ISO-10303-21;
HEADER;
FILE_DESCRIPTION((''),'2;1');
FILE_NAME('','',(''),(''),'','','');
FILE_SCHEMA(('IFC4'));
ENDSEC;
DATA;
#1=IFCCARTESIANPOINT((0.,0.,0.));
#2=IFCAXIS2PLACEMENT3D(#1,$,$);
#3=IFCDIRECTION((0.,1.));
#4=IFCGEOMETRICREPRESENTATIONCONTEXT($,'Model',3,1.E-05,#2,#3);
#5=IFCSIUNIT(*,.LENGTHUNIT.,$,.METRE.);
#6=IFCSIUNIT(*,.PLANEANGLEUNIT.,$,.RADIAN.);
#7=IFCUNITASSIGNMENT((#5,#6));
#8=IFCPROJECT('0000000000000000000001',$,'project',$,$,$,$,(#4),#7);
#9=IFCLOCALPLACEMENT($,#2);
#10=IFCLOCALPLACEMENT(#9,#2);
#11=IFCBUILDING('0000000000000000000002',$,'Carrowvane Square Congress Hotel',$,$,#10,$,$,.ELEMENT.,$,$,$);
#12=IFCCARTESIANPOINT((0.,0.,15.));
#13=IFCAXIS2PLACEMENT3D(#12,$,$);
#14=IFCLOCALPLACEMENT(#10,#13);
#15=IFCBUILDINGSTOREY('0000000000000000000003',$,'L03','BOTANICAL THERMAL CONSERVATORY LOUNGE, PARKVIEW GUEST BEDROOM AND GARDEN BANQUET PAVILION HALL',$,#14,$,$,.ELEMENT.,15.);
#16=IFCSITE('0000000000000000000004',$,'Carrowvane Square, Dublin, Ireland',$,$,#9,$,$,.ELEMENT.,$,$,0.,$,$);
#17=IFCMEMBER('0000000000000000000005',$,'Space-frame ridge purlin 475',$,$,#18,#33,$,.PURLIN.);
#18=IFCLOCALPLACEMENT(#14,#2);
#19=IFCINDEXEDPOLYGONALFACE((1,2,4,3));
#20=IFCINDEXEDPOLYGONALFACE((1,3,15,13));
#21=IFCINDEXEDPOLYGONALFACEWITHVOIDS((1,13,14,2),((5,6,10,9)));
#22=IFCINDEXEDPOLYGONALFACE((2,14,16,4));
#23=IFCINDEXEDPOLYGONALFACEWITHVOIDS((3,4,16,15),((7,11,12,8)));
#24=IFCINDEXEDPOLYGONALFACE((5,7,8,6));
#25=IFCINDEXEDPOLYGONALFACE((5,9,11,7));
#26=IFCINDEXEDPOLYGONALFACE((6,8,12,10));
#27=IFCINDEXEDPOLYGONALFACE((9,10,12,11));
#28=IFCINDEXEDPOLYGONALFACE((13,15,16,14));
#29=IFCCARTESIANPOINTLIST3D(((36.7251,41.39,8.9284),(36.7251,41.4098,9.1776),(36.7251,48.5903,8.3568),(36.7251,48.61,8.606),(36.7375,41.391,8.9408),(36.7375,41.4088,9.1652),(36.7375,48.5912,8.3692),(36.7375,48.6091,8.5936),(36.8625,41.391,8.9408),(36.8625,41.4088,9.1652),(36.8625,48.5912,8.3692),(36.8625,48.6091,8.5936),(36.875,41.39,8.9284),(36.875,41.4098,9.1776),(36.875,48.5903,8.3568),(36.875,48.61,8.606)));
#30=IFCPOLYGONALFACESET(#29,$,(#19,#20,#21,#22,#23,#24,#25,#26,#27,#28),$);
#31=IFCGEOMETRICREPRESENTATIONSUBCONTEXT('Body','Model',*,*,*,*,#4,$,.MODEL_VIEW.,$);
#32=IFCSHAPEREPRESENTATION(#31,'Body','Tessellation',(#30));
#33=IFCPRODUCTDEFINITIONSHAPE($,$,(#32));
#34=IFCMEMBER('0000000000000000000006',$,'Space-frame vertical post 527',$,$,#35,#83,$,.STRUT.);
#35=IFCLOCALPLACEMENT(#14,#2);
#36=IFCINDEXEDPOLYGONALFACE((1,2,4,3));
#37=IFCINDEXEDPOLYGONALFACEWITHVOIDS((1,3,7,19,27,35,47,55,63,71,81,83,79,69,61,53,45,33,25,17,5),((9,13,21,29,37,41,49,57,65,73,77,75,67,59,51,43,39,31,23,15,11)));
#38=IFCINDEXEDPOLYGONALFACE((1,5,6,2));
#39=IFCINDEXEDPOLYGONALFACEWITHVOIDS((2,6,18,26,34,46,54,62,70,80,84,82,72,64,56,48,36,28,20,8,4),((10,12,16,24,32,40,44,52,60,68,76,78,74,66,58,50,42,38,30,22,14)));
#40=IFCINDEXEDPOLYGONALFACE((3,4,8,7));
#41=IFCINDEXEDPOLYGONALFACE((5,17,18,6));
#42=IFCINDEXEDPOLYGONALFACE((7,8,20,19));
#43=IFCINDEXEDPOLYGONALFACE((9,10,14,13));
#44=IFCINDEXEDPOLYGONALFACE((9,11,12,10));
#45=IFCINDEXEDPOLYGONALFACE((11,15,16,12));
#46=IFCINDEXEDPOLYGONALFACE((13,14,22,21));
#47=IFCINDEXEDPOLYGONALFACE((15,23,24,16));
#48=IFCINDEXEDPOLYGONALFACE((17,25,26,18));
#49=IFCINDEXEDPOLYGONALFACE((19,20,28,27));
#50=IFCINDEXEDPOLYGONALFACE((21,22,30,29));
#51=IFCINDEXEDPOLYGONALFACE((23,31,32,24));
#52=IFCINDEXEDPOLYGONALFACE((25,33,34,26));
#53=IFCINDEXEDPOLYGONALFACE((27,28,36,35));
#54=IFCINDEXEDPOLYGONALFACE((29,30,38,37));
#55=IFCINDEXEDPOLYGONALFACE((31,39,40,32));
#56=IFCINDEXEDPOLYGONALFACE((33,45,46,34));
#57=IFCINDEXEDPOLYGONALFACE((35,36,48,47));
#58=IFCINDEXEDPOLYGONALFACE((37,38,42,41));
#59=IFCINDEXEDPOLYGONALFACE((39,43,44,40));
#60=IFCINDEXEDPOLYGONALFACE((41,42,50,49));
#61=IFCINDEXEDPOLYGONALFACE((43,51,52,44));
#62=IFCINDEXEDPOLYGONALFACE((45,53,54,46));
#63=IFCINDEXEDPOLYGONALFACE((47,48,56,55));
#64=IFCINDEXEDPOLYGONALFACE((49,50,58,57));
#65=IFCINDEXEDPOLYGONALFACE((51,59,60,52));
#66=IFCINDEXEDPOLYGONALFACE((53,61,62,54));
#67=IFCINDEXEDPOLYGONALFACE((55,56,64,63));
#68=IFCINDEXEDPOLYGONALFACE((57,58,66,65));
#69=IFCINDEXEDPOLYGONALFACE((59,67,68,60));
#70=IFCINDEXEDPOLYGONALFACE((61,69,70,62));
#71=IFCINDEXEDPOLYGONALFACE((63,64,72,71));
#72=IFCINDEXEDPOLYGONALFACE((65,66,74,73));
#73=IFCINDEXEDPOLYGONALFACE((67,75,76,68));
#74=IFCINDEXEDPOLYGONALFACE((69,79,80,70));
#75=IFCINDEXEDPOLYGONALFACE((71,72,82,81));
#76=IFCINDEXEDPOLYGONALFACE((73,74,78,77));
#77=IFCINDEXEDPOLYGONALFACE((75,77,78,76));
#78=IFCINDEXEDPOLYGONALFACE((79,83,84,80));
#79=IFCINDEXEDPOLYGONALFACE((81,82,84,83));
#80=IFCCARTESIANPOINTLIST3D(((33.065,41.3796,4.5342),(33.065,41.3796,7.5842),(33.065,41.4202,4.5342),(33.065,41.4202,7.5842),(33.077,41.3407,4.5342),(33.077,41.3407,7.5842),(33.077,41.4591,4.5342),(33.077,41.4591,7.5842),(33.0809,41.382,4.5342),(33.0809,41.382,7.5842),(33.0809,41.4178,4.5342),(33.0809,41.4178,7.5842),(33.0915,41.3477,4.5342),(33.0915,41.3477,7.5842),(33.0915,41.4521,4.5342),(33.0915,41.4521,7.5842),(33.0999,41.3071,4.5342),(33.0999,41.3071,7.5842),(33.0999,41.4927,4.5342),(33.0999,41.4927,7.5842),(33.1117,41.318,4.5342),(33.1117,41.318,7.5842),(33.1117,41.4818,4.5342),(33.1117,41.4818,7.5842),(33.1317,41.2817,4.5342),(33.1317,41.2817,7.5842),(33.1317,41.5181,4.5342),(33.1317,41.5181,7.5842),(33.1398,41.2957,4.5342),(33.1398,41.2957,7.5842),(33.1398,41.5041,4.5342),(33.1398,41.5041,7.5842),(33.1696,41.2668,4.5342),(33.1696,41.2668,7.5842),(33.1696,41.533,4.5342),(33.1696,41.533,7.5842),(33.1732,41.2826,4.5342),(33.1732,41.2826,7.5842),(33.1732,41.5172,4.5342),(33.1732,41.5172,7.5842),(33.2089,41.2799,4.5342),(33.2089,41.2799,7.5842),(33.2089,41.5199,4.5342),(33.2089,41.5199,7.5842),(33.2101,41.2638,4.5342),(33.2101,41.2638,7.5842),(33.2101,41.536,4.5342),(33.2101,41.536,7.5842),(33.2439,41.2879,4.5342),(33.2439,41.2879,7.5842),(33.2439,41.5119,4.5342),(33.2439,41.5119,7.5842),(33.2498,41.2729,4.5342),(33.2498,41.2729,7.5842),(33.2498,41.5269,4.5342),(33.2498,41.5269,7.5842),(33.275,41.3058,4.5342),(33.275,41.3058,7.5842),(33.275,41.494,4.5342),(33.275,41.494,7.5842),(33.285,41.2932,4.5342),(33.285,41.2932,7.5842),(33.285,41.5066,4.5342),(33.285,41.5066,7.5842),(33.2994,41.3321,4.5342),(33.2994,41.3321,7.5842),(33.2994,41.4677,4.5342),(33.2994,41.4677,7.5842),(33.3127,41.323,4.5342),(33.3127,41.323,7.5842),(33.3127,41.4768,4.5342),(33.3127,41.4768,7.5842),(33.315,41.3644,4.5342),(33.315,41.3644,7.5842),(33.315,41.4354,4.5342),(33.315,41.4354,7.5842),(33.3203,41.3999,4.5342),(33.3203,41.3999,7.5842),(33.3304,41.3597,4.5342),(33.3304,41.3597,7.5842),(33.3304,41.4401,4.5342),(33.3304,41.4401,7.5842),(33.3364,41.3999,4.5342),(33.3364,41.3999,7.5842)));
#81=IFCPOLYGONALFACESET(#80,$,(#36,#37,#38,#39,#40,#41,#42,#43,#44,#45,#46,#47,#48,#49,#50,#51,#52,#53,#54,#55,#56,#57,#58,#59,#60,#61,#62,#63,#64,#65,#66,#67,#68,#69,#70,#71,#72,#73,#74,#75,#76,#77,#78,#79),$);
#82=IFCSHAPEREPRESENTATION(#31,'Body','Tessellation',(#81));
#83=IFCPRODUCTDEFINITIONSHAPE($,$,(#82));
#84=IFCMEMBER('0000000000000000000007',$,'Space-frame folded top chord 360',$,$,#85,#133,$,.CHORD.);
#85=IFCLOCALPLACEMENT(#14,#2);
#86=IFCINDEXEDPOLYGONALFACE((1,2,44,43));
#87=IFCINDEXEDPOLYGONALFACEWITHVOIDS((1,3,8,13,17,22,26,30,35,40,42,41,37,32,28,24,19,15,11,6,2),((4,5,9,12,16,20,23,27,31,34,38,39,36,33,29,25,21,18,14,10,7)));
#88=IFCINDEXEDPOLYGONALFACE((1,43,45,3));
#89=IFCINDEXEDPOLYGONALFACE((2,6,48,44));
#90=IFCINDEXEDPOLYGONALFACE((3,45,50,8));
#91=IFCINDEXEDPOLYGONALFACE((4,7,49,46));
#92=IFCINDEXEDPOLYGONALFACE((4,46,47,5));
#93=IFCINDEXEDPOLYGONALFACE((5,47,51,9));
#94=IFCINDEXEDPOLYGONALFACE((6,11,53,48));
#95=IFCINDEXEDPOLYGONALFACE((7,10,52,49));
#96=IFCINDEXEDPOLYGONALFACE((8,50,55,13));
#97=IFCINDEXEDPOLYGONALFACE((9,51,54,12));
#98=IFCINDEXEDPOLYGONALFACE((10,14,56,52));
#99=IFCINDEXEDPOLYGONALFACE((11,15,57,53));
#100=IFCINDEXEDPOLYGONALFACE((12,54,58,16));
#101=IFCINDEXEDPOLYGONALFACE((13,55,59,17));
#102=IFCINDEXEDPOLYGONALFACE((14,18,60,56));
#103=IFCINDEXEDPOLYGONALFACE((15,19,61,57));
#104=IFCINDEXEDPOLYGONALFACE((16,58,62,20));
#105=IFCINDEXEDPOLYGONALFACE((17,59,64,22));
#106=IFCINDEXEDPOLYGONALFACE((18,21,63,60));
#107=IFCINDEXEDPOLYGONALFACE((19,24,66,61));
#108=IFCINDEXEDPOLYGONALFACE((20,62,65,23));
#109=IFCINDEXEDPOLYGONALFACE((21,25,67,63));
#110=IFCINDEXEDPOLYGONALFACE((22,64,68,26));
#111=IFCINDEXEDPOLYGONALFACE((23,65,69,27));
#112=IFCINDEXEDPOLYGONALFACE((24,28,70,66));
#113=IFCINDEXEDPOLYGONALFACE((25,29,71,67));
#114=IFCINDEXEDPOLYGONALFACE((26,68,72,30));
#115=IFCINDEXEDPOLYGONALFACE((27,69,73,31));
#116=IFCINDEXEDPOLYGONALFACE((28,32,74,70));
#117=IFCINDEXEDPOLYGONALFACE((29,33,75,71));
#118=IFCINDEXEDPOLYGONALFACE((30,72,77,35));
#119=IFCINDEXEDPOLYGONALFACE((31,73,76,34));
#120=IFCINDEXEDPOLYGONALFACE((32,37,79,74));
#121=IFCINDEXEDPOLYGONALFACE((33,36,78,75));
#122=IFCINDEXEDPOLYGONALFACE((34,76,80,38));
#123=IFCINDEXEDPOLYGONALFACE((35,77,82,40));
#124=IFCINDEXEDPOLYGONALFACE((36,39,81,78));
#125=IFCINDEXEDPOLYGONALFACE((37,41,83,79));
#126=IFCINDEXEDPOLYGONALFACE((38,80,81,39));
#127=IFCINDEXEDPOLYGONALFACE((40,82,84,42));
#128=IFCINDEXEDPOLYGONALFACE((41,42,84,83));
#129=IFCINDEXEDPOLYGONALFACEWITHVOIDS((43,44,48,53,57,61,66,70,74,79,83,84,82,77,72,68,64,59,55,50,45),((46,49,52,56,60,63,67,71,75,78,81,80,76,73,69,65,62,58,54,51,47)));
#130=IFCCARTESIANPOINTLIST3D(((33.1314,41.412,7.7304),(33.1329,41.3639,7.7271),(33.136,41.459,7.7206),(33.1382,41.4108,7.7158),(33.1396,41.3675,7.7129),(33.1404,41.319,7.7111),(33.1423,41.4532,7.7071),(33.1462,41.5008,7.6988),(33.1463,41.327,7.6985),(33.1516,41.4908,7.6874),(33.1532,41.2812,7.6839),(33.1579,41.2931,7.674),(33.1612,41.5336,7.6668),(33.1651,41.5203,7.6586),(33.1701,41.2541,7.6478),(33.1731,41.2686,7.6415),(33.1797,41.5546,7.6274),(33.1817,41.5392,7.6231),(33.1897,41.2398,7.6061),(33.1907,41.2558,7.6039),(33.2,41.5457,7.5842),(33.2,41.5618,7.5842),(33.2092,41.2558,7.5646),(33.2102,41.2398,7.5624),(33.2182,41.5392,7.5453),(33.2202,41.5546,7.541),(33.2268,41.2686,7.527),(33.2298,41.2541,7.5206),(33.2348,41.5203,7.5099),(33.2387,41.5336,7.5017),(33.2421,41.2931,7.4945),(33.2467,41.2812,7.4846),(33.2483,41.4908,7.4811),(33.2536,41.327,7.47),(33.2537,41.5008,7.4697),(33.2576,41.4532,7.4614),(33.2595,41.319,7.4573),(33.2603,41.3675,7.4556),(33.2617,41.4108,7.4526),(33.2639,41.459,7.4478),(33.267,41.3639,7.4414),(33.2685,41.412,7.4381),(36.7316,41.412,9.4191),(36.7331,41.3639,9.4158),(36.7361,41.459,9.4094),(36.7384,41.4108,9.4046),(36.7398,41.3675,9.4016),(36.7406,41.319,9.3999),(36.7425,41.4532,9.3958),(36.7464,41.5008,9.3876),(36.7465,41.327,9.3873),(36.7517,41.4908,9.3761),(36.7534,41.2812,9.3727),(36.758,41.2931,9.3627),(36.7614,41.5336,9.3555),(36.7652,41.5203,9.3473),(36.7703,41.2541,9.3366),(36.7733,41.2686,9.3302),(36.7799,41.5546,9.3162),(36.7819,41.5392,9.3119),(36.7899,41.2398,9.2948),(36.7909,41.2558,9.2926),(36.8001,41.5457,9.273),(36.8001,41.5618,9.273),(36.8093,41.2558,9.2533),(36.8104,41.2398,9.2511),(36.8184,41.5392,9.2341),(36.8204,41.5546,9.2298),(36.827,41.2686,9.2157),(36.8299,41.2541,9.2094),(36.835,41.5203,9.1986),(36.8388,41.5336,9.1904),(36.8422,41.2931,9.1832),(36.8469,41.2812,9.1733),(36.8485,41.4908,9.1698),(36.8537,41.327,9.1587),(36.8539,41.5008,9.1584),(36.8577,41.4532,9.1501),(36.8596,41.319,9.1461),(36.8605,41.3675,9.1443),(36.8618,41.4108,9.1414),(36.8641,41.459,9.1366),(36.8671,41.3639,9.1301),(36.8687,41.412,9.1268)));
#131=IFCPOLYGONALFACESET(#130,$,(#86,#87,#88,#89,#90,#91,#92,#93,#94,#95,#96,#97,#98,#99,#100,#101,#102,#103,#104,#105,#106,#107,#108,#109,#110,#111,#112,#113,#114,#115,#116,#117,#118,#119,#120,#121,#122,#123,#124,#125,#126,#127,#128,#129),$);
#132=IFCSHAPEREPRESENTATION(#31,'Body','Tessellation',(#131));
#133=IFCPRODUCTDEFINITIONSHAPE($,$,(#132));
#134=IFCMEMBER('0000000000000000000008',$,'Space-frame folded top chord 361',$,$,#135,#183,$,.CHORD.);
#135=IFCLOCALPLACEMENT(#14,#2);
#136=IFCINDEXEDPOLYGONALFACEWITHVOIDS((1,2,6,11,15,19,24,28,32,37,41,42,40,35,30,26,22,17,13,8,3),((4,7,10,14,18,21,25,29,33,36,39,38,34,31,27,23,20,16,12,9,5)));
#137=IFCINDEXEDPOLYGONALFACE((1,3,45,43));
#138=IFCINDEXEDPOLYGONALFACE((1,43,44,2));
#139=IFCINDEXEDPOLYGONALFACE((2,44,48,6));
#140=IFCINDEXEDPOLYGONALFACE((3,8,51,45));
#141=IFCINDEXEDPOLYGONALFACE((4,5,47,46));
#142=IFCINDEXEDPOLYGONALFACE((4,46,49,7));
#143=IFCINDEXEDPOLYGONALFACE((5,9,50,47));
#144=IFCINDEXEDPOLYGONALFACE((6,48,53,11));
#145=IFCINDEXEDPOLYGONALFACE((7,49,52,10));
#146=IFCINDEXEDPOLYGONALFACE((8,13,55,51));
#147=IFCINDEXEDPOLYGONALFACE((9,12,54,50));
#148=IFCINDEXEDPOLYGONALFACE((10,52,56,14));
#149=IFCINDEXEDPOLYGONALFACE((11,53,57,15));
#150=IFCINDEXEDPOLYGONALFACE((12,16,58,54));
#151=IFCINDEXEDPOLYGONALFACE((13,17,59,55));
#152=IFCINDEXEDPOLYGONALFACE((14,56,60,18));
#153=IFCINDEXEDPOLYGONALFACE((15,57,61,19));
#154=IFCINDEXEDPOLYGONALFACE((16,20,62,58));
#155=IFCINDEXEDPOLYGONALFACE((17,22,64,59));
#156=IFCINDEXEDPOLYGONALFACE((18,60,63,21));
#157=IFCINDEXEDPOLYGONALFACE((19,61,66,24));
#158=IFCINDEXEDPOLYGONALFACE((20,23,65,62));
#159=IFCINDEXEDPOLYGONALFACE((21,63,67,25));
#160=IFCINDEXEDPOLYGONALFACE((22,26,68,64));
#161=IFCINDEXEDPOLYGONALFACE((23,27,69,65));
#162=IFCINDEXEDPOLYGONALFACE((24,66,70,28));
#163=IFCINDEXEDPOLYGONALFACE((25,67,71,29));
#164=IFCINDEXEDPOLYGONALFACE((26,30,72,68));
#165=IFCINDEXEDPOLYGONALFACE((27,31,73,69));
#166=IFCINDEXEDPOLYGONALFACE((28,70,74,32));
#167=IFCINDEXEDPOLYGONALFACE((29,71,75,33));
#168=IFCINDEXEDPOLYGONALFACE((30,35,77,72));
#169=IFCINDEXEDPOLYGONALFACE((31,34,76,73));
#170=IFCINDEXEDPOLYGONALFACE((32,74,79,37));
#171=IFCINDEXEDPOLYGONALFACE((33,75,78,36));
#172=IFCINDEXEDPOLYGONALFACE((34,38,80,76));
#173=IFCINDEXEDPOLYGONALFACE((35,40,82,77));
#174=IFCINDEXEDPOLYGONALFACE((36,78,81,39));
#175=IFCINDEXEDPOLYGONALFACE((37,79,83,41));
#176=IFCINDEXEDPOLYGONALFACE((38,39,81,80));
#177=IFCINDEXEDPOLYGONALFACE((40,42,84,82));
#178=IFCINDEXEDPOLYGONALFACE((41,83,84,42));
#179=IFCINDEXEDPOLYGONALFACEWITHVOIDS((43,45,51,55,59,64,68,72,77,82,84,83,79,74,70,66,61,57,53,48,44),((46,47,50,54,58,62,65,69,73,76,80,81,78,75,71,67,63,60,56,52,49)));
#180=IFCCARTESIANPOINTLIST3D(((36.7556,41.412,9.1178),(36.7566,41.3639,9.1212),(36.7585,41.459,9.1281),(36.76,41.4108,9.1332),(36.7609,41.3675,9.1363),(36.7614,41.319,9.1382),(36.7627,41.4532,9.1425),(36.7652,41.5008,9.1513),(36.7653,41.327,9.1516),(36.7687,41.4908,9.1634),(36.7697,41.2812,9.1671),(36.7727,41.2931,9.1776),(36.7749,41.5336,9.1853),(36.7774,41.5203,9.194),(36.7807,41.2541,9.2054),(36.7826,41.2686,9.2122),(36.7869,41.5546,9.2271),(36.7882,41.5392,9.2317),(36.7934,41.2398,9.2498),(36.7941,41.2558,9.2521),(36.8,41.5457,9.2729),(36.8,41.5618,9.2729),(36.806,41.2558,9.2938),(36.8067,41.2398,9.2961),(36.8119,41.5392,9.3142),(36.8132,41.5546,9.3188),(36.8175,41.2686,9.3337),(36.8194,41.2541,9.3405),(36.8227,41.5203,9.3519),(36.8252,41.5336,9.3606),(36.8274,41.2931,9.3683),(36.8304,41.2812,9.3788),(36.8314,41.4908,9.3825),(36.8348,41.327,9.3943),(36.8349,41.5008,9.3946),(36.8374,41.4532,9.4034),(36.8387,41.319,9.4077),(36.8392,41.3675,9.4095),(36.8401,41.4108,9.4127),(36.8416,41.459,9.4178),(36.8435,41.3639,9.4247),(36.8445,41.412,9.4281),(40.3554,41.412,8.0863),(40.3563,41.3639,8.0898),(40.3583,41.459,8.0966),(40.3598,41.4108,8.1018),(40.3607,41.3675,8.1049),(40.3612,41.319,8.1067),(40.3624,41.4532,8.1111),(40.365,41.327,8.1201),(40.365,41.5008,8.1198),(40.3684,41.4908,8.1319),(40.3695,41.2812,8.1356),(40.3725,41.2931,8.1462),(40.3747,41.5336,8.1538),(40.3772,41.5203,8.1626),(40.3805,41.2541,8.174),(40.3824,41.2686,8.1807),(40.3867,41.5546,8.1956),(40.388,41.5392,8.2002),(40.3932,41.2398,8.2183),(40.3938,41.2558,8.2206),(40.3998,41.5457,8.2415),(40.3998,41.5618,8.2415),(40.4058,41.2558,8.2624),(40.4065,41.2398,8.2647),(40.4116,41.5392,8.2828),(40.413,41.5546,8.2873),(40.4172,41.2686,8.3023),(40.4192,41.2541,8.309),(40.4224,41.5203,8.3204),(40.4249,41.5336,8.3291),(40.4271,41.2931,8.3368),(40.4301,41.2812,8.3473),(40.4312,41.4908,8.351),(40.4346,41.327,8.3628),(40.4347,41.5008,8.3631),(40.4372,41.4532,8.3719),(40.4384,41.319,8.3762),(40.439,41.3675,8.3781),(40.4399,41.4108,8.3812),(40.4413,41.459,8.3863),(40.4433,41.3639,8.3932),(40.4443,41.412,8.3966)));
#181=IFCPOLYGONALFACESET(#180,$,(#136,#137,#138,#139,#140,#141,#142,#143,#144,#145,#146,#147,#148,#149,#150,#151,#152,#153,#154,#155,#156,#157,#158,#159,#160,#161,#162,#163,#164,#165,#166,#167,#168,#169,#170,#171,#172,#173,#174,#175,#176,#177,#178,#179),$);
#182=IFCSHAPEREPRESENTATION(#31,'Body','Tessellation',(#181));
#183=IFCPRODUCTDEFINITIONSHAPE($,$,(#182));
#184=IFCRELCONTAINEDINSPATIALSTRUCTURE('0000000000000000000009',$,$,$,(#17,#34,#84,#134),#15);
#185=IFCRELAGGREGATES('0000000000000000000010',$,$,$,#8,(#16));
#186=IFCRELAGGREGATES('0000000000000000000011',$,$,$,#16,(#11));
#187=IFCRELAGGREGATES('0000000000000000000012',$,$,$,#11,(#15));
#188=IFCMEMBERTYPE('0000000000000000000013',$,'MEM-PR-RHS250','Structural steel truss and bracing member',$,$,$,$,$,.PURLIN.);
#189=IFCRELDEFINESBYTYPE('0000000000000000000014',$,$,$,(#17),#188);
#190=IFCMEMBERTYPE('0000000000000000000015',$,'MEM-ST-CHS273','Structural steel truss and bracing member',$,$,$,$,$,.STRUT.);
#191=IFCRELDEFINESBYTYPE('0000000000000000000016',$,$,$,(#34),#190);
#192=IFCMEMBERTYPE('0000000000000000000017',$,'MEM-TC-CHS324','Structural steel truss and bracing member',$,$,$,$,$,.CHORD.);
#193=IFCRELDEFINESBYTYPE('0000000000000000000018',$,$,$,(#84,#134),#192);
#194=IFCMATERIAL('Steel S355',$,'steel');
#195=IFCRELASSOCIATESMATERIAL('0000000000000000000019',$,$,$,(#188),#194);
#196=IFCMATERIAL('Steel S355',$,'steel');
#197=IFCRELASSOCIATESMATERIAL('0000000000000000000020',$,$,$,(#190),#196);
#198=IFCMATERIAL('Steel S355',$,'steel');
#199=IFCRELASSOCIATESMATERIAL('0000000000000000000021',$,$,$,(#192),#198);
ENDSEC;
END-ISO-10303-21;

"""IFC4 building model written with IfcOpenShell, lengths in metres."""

from ifc_helpers import new_model, si_unit, direction, frame, origin, origin_2d, place, context, subcontext, project, spatial, hollow_rectangle, hollow_circle, extrude, material, material_profile, profile_set, type_object, element, save


model = new_model("IFC4")

# Units and contexts
model_context = context("Model", 3, precision=1e-05, world=origin(), true_north=direction((0.0, 1.0)))
body_context = subcontext(model_context, "Body", "Model", "MODEL_VIEW")
ifc_project = project(units=[si_unit("LENGTHUNIT", "METRE"), si_unit("PLANEANGLEUNIT", "RADIAN")], contexts=[model_context])

# Site, building, storey
site_placement = place(None, origin())
site = spatial("IfcSite", under=ifc_project, at=site_placement, Name="Carrowvane Square, Dublin, Ireland", CompositionType="ELEMENT", RefElevation=0.0)
building_placement = place(site_placement, origin())
building = spatial("IfcBuilding", under=site, at=building_placement, Name="Carrowvane Square Congress Hotel", CompositionType="ELEMENT")
storey_placement = place(building_placement, frame((0.0, 0.0, 15.0)))
storey = spatial("IfcBuildingStorey", under=building, at=storey_placement, Name="L03", Description="BOTANICAL THERMAL CONSERVATORY LOUNGE, PARKVIEW GUEST BEDROOM AND GARDEN BANQUET PAVILION HALL", CompositionType="ELEMENT", Elevation=15.0)

# Members
ifc_material_1 = material(Name="Steel S355", Category="steel")
ifc_material_profile_1 = material_profile(ifc_material_1, hollow_rectangle(XDim=0.1499, YDim=0.25, WallThickness=0.0125, at=origin_2d()), Name="RHS 250x150x12.5")
ifc_profile_set_1 = profile_set([ifc_material_profile_1], Name="Steel S355")
member_type_1 = type_object("IfcMemberType", Name="MEM-PR-RHS250", Description="Structural steel truss and bracing member", PredefinedType="PURLIN", material=ifc_profile_set_1)
member_1_placement = place(storey_placement, frame((36.8, 41.3999, 9.053), z_axis=(0.0, 0.996864, -0.079129), x_axis=(-1.0, 0.0, 0.0)))
element("IfcMember", 1, at=member_1_placement, inside=storey, type_object=member_type_1, Name="Space-frame ridge purlin 475", PredefinedType="PURLIN", context=body_context, shape_type="SweptSolid", body=[
    extrude(hollow_rectangle(XDim=0.1499, YDim=0.25, WallThickness=0.0125, at=origin_2d()), origin(), (0.0, 0.0, 1.0), 7.2229),
])
ifc_material_2 = material(Name="Steel S355", Category="steel")
ifc_material_profile_2 = material_profile(ifc_material_2, hollow_circle(Radius=0.1365, WallThickness=0.0161, at=origin_2d()), Name="CHS 273.0x16")
ifc_profile_set_2 = profile_set([ifc_material_profile_2], Name="Steel S355")
member_type_2 = type_object("IfcMemberType", Name="MEM-ST-CHS273", Description="Structural steel truss and bracing member", PredefinedType="STRUT", material=ifc_profile_set_2)
member_2_placement = place(storey_placement, frame((33.2, 41.3999, 4.5342), z_axis=(0.0, 0.0, 1.0), x_axis=(1.0, 0.0, 0.0)))
element("IfcMember", 2, at=member_2_placement, inside=storey, type_object=member_type_2, Name="Space-frame vertical post 527", PredefinedType="STRUT", context=body_context, shape_type="SweptSolid", body=[
    extrude(hollow_circle(Radius=0.1365, WallThickness=0.0161, at=origin_2d()), origin(), (0.0, 0.0, 1.0), 3.05),
])
ifc_material_3 = material(Name="Steel S355", Category="steel")
ifc_material_profile_3 = material_profile(ifc_material_3, hollow_circle(Radius=0.1619, WallThickness=0.0161, at=origin_2d()), Name="CHS 323.9x16")
ifc_profile_set_3 = profile_set([ifc_material_profile_3], Name="Steel S355")
member_type_3 = type_object("IfcMemberType", Name="MEM-TC-CHS324", Description="Structural steel truss and bracing member", PredefinedType="CHORD", material=ifc_profile_set_3)
member_3_placement = place(storey_placement, frame((33.2, 41.3999, 7.5842), z_axis=(0.905345, 0.0, 0.424676), x_axis=(0.0, 1.0, 0.0)))
element("IfcMember", 3, at=member_3_placement, inside=storey, type_object=member_type_3, Name="Space-frame folded top chord 360", PredefinedType="CHORD", context=body_context, shape_type="SweptSolid", body=[
    extrude(hollow_circle(Radius=0.1619, WallThickness=0.0161, at=origin_2d()), origin(), (0.0, 0.0, 1.0), 3.9766),
])
member_4_placement = place(storey_placement, frame((36.8, 41.3999, 9.2729), z_axis=(0.961315, 0.0, -0.275453), x_axis=(0.0, 1.0, 0.0)))
element("IfcMember", 4, at=member_4_placement, inside=storey, type_object=member_type_3, Name="Space-frame folded top chord 361", PredefinedType="CHORD", context=body_context, shape_type="SweptSolid", body=[
    extrude(hollow_circle(Radius=0.1619, WallThickness=0.0161, at=origin_2d()), origin(), (0.0, 0.0, 1.0), 3.7446),
])

save(model, "model.ifc")
